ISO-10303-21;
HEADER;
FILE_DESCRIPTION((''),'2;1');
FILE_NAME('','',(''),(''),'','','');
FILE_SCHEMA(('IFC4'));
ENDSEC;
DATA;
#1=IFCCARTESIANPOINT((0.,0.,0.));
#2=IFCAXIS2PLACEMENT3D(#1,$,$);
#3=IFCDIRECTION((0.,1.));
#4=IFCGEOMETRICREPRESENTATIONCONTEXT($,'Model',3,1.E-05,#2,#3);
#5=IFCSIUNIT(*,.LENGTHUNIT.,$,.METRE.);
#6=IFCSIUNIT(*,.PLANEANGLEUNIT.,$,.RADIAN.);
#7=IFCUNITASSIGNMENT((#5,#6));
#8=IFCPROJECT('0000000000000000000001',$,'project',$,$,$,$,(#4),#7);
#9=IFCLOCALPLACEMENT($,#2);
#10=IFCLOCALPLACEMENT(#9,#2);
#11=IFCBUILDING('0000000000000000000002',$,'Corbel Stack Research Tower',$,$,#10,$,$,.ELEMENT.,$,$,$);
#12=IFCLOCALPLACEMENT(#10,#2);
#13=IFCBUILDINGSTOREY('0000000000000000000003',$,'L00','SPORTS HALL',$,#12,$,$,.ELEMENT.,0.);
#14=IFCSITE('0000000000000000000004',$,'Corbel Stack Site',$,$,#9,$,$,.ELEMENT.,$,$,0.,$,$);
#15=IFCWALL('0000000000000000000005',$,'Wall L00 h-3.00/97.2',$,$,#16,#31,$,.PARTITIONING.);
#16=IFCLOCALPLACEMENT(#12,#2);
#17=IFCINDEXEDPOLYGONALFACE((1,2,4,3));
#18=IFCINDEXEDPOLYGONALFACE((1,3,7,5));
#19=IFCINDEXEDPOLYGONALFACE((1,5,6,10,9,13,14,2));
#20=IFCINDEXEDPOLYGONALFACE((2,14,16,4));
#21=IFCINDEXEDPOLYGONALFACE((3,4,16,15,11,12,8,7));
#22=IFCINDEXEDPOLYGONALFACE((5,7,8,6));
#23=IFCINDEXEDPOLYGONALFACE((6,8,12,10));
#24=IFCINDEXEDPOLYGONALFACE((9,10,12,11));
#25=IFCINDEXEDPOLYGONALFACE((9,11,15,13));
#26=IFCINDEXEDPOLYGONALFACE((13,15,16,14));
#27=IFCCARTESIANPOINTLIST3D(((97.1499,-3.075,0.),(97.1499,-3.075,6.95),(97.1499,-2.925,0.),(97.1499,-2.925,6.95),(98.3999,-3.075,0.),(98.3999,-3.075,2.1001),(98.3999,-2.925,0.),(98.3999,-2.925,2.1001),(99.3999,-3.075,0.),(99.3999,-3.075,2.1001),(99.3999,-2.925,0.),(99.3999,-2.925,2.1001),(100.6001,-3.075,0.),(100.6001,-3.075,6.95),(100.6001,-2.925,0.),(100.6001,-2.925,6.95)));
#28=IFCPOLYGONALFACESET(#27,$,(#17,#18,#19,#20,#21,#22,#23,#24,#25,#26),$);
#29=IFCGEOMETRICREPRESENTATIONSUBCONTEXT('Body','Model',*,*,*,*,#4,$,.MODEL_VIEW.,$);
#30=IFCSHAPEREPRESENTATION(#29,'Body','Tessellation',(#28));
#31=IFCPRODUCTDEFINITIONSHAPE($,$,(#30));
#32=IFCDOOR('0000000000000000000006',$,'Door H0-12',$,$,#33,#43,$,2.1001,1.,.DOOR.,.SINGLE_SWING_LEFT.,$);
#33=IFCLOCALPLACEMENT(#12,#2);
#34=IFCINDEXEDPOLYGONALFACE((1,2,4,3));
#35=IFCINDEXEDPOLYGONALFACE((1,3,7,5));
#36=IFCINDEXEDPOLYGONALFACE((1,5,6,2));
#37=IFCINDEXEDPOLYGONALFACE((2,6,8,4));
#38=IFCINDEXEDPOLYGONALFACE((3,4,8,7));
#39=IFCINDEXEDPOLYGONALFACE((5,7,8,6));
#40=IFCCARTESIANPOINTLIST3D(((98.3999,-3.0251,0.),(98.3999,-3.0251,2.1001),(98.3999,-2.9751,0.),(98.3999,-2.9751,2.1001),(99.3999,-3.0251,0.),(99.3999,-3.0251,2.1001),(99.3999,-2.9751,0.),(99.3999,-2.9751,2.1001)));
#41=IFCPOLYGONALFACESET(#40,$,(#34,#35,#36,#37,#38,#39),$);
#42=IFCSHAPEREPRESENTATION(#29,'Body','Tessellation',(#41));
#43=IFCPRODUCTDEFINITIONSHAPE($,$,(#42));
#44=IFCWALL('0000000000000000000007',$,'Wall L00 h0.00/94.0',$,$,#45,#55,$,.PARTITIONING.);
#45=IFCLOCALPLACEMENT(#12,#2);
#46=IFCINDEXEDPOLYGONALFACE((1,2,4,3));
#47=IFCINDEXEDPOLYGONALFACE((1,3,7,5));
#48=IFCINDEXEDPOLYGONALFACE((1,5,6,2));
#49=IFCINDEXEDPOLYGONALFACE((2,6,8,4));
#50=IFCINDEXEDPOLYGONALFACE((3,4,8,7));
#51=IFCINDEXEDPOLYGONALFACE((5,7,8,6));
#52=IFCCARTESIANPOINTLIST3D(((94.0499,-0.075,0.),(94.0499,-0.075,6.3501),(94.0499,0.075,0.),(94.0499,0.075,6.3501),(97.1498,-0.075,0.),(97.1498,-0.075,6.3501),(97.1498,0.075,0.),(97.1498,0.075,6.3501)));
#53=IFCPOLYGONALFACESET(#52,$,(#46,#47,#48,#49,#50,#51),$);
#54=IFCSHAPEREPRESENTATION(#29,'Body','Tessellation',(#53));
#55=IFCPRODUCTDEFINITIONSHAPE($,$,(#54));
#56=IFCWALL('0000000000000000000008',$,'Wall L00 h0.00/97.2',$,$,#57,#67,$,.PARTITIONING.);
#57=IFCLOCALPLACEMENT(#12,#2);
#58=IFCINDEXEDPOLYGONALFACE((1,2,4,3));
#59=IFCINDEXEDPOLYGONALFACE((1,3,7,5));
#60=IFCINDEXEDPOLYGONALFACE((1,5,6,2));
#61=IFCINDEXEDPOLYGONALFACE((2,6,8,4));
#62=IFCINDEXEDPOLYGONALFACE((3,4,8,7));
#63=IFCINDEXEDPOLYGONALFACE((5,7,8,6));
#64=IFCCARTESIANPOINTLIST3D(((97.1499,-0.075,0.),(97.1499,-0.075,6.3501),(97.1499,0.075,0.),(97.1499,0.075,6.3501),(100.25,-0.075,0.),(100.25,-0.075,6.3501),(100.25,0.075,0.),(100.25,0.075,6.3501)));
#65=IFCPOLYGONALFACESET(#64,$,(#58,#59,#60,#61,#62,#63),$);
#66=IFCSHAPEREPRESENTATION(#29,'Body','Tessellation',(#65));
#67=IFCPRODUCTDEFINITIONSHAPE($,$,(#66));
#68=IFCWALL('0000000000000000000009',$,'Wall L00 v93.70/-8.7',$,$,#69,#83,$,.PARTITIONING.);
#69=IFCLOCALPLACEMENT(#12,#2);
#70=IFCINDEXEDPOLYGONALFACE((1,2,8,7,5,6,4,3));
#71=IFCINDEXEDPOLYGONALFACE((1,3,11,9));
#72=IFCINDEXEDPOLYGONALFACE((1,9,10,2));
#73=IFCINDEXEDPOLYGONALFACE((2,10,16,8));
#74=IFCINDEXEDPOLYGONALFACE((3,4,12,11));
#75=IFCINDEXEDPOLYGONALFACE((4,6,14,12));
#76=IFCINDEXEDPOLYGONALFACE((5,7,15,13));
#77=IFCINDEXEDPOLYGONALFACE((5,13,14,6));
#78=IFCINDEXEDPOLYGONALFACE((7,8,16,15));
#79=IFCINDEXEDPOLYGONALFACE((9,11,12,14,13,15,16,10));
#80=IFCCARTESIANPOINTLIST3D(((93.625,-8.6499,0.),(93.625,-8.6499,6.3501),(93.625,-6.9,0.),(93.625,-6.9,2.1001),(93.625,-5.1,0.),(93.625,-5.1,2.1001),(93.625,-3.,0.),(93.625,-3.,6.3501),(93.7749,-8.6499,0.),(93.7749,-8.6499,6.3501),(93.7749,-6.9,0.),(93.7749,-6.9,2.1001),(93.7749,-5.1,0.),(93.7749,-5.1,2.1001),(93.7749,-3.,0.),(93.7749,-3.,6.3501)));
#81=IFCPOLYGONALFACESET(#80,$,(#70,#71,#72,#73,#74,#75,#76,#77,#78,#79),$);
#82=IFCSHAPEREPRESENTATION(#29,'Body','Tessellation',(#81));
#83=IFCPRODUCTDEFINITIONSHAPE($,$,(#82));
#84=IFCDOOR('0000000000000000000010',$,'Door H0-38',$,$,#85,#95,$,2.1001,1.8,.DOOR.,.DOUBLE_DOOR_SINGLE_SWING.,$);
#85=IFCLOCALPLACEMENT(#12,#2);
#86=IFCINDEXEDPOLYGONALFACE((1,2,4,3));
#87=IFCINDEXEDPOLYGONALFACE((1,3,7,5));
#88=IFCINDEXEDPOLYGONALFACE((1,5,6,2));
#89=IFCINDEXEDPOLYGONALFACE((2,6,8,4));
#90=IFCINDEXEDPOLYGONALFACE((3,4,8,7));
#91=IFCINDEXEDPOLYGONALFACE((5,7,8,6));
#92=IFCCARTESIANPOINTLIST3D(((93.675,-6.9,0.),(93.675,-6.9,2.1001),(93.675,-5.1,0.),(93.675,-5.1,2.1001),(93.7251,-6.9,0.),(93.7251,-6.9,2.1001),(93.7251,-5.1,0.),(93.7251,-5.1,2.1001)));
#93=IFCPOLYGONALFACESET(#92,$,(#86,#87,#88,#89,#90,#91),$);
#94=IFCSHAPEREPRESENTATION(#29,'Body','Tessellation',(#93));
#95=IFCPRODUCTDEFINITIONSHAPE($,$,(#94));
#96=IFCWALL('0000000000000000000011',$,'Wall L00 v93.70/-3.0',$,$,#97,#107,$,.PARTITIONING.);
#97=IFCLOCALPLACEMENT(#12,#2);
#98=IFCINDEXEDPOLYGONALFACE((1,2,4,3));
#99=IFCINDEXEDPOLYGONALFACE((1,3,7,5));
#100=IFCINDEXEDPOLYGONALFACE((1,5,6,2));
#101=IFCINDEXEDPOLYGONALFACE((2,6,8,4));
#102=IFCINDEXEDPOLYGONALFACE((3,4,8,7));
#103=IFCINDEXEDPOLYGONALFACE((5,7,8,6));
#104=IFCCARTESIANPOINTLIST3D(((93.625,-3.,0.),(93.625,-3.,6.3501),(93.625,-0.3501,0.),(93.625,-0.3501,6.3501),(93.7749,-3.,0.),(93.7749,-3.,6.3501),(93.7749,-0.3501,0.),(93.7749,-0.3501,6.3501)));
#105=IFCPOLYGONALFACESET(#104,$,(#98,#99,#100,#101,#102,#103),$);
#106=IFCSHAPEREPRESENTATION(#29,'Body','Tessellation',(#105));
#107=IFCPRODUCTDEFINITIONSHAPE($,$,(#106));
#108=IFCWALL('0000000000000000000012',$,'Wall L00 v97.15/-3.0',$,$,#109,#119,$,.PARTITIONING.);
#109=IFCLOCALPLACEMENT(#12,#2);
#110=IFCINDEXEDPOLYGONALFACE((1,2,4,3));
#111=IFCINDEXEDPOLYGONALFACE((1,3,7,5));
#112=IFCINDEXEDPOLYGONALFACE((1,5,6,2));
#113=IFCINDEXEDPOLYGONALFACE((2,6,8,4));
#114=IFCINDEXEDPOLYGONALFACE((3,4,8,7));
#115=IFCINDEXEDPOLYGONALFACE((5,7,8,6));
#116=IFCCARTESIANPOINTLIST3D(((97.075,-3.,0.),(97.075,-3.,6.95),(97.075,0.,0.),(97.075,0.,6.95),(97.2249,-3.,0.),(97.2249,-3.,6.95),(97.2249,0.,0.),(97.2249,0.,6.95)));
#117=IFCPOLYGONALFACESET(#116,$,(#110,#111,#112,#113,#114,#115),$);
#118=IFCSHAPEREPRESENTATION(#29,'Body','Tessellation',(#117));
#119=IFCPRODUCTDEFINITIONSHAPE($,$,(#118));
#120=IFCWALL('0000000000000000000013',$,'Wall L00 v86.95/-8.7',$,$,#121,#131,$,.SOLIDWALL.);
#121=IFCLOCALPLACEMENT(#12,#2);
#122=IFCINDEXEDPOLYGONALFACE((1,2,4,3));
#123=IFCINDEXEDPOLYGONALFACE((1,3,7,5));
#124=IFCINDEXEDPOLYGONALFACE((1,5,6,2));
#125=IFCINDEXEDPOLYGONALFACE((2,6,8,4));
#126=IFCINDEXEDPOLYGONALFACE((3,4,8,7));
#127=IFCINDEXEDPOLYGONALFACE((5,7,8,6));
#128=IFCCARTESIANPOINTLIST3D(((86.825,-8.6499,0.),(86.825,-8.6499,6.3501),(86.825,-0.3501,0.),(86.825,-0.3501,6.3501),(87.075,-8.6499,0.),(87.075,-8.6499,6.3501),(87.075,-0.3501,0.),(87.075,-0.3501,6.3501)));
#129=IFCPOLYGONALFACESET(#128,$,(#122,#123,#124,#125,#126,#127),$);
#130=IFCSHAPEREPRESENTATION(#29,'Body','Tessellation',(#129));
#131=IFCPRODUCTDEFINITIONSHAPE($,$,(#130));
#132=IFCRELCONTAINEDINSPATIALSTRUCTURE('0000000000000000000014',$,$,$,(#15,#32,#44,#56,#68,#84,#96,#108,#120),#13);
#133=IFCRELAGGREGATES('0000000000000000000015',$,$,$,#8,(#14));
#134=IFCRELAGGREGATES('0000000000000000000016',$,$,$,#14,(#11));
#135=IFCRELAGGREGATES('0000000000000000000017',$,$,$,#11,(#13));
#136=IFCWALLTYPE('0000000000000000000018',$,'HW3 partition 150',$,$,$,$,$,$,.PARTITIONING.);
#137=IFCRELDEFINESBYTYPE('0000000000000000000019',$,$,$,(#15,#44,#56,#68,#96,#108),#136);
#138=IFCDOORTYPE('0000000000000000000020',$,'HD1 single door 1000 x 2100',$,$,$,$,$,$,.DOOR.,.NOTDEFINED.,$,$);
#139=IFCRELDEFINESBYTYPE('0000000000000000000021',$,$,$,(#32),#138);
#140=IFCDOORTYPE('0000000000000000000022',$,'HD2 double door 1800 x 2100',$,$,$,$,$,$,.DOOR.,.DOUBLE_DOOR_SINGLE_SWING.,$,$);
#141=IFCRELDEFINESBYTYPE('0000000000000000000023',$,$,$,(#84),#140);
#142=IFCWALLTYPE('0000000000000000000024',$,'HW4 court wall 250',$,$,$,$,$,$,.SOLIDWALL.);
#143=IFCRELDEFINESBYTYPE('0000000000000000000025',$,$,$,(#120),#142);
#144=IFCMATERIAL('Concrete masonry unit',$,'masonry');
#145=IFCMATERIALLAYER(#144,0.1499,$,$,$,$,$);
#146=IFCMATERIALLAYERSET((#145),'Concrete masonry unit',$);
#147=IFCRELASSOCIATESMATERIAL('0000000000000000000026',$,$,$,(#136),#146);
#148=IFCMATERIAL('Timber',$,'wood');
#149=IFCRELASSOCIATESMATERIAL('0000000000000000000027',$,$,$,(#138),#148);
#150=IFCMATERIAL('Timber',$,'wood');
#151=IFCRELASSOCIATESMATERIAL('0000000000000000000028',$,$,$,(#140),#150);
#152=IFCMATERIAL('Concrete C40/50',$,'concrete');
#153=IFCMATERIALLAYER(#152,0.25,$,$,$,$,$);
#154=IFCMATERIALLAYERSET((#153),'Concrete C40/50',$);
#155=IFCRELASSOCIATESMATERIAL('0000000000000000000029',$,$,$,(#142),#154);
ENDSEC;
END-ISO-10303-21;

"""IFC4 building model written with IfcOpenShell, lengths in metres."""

from ifc_helpers import new_model, si_unit, direction, frame, frame_2d, origin, place, context, subcontext, project, spatial, rectangle, extrude, material, layer, layer_set, type_object, element, fill, save


model = new_model("IFC4")

# Units and contexts
model_context = context("Model", 3, precision=1e-05, world=origin(), true_north=direction((0.0, 1.0)))
body_context = subcontext(model_context, "Body", "Model", "MODEL_VIEW")
ifc_project = project(units=[si_unit("LENGTHUNIT", "METRE"), si_unit("PLANEANGLEUNIT", "RADIAN")], contexts=[model_context])

# Site, building, storey
site_placement = place(None, origin())
site = spatial("IfcSite", under=ifc_project, at=site_placement, Name="Corbel Stack Site", CompositionType="ELEMENT", RefElevation=0.0)
building_placement = place(site_placement, origin())
building = spatial("IfcBuilding", under=site, at=building_placement, Name="Corbel Stack Research Tower", CompositionType="ELEMENT")
storey_placement = place(building_placement, origin())
storey = spatial("IfcBuildingStorey", under=building, at=storey_placement, Name="L00", Description="SPORTS HALL", CompositionType="ELEMENT", Elevation=0.0)

# Shared definitions
ifc_material_1 = material(Name="Concrete masonry unit", Category="masonry")
ifc_layer_1 = layer(ifc_material_1, 0.1499)
ifc_layer_set_1 = layer_set([ifc_layer_1], Name="Concrete masonry unit")
wall_type_1 = type_object("IfcWallType", Name="HW3 partition 150", PredefinedType="PARTITIONING", material=ifc_layer_set_1)

# Wall, opening, door
ifc_material_2 = material(Name="Timber", Category="wood")
door_type_1 = type_object("IfcDoorType", Name="HD1 single door 1000 x 2100", OperationType="NOTDEFINED", PredefinedType="DOOR", material=ifc_material_2)
wall_1_placement = place(storey_placement, frame((97.1499, -3.0, 0.0), z_axis=(0.0, 0.0, 1.0), x_axis=(1.0, 0.0, 0.0)))
wall_1 = element("IfcWall", 1, at=wall_1_placement, inside=storey, type_object=wall_type_1, Name="Wall L00 h-3.00/97.2", PredefinedType="PARTITIONING", context=body_context, shape_type="SweptSolid", body=[
    extrude(rectangle(XDim=3.4502, YDim=0.1499, at=frame_2d((1.7251, 0.0))), origin(), (0.0, 0.0, 1.0), 6.95),
])
opening_1_placement = place(wall_1_placement, frame((1.25, 0.0, 0.0)))
opening_1 = element("IfcOpeningElement", 2, at=opening_1_placement, cuts=wall_1, PredefinedType="OPENING", context=body_context, shape_type="SweptSolid", body=[
    extrude(rectangle(XDim=1.0, YDim=2.1001, at=frame_2d((0.5, 1.05))), frame((0.0, 0.085, 0.0), z_axis=(0.0, -1.0, 0.0), x_axis=(1.0, 0.0, 0.0)), (0.0, 0.0, 1.0), 0.1699),
])
door_1_placement = place(opening_1_placement, origin())
door_1 = element("IfcDoor", 3, at=door_1_placement, inside=storey, type_object=door_type_1, Name="Door H0-12", OperationType="SINGLE_SWING_LEFT", OverallHeight=2.1001, OverallWidth=1.0, PredefinedType="DOOR", context=body_context, shape_type="SweptSolid", body=[
    extrude(rectangle(XDim=1.0, YDim=2.1001, at=frame_2d((0.5, 1.05))), frame((0.0, 0.0249, 0.0), z_axis=(0.0, -1.0, 0.0), x_axis=(1.0, 0.0, 0.0)), (0.0, 0.0, 1.0), 0.05),
])
fill(opening_1, door_1)

# Walls
wall_2_placement = place(storey_placement, frame((94.05, 0.0, 0.0), z_axis=(0.0, 0.0, 1.0), x_axis=(1.0, 0.0, 0.0)))
element("IfcWall", 4, at=wall_2_placement, inside=storey, type_object=wall_type_1, Name="Wall L00 h0.00/94.0", PredefinedType="PARTITIONING", context=body_context, shape_type="SweptSolid", body=[
    extrude(rectangle(XDim=3.0999, YDim=0.1499, at=frame_2d((1.5498, 0.0))), origin(), (0.0, 0.0, 1.0), 6.3501),
])
wall_3_placement = place(storey_placement, frame((97.1499, 0.0, 0.0), z_axis=(0.0, 0.0, 1.0), x_axis=(1.0, 0.0, 0.0)))
element("IfcWall", 5, at=wall_3_placement, inside=storey, type_object=wall_type_1, Name="Wall L00 h0.00/97.2", PredefinedType="PARTITIONING", context=body_context, shape_type="SweptSolid", body=[
    extrude(rectangle(XDim=3.1001, YDim=0.1499, at=frame_2d((1.55, 0.0))), origin(), (0.0, 0.0, 1.0), 6.3501),
])

# Wall, opening, door
wall_4_placement = place(storey_placement, frame((93.7, -8.6499, 0.0), z_axis=(0.0, 0.0, 1.0), x_axis=(0.0, 1.0, 0.0)))
wall_4 = element("IfcWall", 6, at=wall_4_placement, inside=storey, type_object=wall_type_1, Name="Wall L00 v93.70/-8.7", PredefinedType="PARTITIONING", context=body_context, shape_type="SweptSolid", body=[
    extrude(rectangle(XDim=5.6499, YDim=0.1499, at=frame_2d((2.825, 0.0))), origin(), (0.0, 0.0, 1.0), 6.3501),
])
opening_2_placement = place(wall_4_placement, frame((1.75, 0.0, 0.0)))
opening_2 = element("IfcOpeningElement", 7, at=opening_2_placement, cuts=wall_4, PredefinedType="OPENING", context=body_context, shape_type="SweptSolid", body=[
    extrude(rectangle(XDim=1.8, YDim=2.1001, at=frame_2d((0.8999, 1.05))), frame((0.0, 0.085, 0.0), z_axis=(0.0, -1.0, 0.0), x_axis=(1.0, 0.0, 0.0)), (0.0, 0.0, 1.0), 0.1699),
])
ifc_material_3 = material(Name="Timber", Category="wood")
door_type_2 = type_object("IfcDoorType", Name="HD2 double door 1800 x 2100", OperationType="DOUBLE_DOOR_SINGLE_SWING", PredefinedType="DOOR", material=ifc_material_3)
door_2_placement = place(opening_2_placement, origin())
door_2 = element("IfcDoor", 8, at=door_2_placement, inside=storey, type_object=door_type_2, Name="Door H0-38", OperationType="DOUBLE_DOOR_SINGLE_SWING", OverallHeight=2.1001, OverallWidth=1.8, PredefinedType="DOOR", context=body_context, shape_type="SweptSolid", body=[
    extrude(rectangle(XDim=1.8, YDim=2.1001, at=frame_2d((0.8999, 1.05))), frame((0.0, 0.0249, 0.0), z_axis=(0.0, -1.0, 0.0), x_axis=(1.0, 0.0, 0.0)), (0.0, 0.0, 1.0), 0.05),
])
fill(opening_2, door_2)

# Walls
wall_5_placement = place(storey_placement, frame((93.7, -3.0, 0.0), z_axis=(0.0, 0.0, 1.0), x_axis=(0.0, 1.0, 0.0)))
element("IfcWall", 9, at=wall_5_placement, inside=storey, type_object=wall_type_1, Name="Wall L00 v93.70/-3.0", PredefinedType="PARTITIONING", context=body_context, shape_type="SweptSolid", body=[
    extrude(rectangle(XDim=2.6499, YDim=0.1499, at=frame_2d((1.325, 0.0))), origin(), (0.0, 0.0, 1.0), 6.3501),
])
wall_6_placement = place(storey_placement, frame((97.1499, -3.0, 0.0), z_axis=(0.0, 0.0, 1.0), x_axis=(0.0, 1.0, 0.0)))
element("IfcWall", 10, at=wall_6_placement, inside=storey, type_object=wall_type_1, Name="Wall L00 v97.15/-3.0", PredefinedType="PARTITIONING", context=body_context, shape_type="SweptSolid", body=[
    extrude(rectangle(XDim=3.0, YDim=0.1499, at=frame_2d((1.5, 0.0))), origin(), (0.0, 0.0, 1.0), 6.95),
])
ifc_material_4 = material(Name="Concrete C40/50", Category="concrete")
ifc_layer_2 = layer(ifc_material_4, 0.25)
ifc_layer_set_2 = layer_set([ifc_layer_2], Name="Concrete C40/50")
wall_type_2 = type_object("IfcWallType", Name="HW4 court wall 250", PredefinedType="SOLIDWALL", material=ifc_layer_set_2)
wall_7_placement = place(storey_placement, frame((86.95, -8.6499, 0.0), z_axis=(0.0, 0.0, 1.0), x_axis=(0.0, 1.0, 0.0)))
element("IfcWall", 11, at=wall_7_placement, inside=storey, type_object=wall_type_2, Name="Wall L00 v86.95/-8.7", PredefinedType="SOLIDWALL", context=body_context, shape_type="SweptSolid", body=[
    extrude(rectangle(XDim=8.2998, YDim=0.25, at=frame_2d((4.1499, 0.0))), origin(), (0.0, 0.0, 1.0), 6.3501),
])

save(model, "model.ifc")
